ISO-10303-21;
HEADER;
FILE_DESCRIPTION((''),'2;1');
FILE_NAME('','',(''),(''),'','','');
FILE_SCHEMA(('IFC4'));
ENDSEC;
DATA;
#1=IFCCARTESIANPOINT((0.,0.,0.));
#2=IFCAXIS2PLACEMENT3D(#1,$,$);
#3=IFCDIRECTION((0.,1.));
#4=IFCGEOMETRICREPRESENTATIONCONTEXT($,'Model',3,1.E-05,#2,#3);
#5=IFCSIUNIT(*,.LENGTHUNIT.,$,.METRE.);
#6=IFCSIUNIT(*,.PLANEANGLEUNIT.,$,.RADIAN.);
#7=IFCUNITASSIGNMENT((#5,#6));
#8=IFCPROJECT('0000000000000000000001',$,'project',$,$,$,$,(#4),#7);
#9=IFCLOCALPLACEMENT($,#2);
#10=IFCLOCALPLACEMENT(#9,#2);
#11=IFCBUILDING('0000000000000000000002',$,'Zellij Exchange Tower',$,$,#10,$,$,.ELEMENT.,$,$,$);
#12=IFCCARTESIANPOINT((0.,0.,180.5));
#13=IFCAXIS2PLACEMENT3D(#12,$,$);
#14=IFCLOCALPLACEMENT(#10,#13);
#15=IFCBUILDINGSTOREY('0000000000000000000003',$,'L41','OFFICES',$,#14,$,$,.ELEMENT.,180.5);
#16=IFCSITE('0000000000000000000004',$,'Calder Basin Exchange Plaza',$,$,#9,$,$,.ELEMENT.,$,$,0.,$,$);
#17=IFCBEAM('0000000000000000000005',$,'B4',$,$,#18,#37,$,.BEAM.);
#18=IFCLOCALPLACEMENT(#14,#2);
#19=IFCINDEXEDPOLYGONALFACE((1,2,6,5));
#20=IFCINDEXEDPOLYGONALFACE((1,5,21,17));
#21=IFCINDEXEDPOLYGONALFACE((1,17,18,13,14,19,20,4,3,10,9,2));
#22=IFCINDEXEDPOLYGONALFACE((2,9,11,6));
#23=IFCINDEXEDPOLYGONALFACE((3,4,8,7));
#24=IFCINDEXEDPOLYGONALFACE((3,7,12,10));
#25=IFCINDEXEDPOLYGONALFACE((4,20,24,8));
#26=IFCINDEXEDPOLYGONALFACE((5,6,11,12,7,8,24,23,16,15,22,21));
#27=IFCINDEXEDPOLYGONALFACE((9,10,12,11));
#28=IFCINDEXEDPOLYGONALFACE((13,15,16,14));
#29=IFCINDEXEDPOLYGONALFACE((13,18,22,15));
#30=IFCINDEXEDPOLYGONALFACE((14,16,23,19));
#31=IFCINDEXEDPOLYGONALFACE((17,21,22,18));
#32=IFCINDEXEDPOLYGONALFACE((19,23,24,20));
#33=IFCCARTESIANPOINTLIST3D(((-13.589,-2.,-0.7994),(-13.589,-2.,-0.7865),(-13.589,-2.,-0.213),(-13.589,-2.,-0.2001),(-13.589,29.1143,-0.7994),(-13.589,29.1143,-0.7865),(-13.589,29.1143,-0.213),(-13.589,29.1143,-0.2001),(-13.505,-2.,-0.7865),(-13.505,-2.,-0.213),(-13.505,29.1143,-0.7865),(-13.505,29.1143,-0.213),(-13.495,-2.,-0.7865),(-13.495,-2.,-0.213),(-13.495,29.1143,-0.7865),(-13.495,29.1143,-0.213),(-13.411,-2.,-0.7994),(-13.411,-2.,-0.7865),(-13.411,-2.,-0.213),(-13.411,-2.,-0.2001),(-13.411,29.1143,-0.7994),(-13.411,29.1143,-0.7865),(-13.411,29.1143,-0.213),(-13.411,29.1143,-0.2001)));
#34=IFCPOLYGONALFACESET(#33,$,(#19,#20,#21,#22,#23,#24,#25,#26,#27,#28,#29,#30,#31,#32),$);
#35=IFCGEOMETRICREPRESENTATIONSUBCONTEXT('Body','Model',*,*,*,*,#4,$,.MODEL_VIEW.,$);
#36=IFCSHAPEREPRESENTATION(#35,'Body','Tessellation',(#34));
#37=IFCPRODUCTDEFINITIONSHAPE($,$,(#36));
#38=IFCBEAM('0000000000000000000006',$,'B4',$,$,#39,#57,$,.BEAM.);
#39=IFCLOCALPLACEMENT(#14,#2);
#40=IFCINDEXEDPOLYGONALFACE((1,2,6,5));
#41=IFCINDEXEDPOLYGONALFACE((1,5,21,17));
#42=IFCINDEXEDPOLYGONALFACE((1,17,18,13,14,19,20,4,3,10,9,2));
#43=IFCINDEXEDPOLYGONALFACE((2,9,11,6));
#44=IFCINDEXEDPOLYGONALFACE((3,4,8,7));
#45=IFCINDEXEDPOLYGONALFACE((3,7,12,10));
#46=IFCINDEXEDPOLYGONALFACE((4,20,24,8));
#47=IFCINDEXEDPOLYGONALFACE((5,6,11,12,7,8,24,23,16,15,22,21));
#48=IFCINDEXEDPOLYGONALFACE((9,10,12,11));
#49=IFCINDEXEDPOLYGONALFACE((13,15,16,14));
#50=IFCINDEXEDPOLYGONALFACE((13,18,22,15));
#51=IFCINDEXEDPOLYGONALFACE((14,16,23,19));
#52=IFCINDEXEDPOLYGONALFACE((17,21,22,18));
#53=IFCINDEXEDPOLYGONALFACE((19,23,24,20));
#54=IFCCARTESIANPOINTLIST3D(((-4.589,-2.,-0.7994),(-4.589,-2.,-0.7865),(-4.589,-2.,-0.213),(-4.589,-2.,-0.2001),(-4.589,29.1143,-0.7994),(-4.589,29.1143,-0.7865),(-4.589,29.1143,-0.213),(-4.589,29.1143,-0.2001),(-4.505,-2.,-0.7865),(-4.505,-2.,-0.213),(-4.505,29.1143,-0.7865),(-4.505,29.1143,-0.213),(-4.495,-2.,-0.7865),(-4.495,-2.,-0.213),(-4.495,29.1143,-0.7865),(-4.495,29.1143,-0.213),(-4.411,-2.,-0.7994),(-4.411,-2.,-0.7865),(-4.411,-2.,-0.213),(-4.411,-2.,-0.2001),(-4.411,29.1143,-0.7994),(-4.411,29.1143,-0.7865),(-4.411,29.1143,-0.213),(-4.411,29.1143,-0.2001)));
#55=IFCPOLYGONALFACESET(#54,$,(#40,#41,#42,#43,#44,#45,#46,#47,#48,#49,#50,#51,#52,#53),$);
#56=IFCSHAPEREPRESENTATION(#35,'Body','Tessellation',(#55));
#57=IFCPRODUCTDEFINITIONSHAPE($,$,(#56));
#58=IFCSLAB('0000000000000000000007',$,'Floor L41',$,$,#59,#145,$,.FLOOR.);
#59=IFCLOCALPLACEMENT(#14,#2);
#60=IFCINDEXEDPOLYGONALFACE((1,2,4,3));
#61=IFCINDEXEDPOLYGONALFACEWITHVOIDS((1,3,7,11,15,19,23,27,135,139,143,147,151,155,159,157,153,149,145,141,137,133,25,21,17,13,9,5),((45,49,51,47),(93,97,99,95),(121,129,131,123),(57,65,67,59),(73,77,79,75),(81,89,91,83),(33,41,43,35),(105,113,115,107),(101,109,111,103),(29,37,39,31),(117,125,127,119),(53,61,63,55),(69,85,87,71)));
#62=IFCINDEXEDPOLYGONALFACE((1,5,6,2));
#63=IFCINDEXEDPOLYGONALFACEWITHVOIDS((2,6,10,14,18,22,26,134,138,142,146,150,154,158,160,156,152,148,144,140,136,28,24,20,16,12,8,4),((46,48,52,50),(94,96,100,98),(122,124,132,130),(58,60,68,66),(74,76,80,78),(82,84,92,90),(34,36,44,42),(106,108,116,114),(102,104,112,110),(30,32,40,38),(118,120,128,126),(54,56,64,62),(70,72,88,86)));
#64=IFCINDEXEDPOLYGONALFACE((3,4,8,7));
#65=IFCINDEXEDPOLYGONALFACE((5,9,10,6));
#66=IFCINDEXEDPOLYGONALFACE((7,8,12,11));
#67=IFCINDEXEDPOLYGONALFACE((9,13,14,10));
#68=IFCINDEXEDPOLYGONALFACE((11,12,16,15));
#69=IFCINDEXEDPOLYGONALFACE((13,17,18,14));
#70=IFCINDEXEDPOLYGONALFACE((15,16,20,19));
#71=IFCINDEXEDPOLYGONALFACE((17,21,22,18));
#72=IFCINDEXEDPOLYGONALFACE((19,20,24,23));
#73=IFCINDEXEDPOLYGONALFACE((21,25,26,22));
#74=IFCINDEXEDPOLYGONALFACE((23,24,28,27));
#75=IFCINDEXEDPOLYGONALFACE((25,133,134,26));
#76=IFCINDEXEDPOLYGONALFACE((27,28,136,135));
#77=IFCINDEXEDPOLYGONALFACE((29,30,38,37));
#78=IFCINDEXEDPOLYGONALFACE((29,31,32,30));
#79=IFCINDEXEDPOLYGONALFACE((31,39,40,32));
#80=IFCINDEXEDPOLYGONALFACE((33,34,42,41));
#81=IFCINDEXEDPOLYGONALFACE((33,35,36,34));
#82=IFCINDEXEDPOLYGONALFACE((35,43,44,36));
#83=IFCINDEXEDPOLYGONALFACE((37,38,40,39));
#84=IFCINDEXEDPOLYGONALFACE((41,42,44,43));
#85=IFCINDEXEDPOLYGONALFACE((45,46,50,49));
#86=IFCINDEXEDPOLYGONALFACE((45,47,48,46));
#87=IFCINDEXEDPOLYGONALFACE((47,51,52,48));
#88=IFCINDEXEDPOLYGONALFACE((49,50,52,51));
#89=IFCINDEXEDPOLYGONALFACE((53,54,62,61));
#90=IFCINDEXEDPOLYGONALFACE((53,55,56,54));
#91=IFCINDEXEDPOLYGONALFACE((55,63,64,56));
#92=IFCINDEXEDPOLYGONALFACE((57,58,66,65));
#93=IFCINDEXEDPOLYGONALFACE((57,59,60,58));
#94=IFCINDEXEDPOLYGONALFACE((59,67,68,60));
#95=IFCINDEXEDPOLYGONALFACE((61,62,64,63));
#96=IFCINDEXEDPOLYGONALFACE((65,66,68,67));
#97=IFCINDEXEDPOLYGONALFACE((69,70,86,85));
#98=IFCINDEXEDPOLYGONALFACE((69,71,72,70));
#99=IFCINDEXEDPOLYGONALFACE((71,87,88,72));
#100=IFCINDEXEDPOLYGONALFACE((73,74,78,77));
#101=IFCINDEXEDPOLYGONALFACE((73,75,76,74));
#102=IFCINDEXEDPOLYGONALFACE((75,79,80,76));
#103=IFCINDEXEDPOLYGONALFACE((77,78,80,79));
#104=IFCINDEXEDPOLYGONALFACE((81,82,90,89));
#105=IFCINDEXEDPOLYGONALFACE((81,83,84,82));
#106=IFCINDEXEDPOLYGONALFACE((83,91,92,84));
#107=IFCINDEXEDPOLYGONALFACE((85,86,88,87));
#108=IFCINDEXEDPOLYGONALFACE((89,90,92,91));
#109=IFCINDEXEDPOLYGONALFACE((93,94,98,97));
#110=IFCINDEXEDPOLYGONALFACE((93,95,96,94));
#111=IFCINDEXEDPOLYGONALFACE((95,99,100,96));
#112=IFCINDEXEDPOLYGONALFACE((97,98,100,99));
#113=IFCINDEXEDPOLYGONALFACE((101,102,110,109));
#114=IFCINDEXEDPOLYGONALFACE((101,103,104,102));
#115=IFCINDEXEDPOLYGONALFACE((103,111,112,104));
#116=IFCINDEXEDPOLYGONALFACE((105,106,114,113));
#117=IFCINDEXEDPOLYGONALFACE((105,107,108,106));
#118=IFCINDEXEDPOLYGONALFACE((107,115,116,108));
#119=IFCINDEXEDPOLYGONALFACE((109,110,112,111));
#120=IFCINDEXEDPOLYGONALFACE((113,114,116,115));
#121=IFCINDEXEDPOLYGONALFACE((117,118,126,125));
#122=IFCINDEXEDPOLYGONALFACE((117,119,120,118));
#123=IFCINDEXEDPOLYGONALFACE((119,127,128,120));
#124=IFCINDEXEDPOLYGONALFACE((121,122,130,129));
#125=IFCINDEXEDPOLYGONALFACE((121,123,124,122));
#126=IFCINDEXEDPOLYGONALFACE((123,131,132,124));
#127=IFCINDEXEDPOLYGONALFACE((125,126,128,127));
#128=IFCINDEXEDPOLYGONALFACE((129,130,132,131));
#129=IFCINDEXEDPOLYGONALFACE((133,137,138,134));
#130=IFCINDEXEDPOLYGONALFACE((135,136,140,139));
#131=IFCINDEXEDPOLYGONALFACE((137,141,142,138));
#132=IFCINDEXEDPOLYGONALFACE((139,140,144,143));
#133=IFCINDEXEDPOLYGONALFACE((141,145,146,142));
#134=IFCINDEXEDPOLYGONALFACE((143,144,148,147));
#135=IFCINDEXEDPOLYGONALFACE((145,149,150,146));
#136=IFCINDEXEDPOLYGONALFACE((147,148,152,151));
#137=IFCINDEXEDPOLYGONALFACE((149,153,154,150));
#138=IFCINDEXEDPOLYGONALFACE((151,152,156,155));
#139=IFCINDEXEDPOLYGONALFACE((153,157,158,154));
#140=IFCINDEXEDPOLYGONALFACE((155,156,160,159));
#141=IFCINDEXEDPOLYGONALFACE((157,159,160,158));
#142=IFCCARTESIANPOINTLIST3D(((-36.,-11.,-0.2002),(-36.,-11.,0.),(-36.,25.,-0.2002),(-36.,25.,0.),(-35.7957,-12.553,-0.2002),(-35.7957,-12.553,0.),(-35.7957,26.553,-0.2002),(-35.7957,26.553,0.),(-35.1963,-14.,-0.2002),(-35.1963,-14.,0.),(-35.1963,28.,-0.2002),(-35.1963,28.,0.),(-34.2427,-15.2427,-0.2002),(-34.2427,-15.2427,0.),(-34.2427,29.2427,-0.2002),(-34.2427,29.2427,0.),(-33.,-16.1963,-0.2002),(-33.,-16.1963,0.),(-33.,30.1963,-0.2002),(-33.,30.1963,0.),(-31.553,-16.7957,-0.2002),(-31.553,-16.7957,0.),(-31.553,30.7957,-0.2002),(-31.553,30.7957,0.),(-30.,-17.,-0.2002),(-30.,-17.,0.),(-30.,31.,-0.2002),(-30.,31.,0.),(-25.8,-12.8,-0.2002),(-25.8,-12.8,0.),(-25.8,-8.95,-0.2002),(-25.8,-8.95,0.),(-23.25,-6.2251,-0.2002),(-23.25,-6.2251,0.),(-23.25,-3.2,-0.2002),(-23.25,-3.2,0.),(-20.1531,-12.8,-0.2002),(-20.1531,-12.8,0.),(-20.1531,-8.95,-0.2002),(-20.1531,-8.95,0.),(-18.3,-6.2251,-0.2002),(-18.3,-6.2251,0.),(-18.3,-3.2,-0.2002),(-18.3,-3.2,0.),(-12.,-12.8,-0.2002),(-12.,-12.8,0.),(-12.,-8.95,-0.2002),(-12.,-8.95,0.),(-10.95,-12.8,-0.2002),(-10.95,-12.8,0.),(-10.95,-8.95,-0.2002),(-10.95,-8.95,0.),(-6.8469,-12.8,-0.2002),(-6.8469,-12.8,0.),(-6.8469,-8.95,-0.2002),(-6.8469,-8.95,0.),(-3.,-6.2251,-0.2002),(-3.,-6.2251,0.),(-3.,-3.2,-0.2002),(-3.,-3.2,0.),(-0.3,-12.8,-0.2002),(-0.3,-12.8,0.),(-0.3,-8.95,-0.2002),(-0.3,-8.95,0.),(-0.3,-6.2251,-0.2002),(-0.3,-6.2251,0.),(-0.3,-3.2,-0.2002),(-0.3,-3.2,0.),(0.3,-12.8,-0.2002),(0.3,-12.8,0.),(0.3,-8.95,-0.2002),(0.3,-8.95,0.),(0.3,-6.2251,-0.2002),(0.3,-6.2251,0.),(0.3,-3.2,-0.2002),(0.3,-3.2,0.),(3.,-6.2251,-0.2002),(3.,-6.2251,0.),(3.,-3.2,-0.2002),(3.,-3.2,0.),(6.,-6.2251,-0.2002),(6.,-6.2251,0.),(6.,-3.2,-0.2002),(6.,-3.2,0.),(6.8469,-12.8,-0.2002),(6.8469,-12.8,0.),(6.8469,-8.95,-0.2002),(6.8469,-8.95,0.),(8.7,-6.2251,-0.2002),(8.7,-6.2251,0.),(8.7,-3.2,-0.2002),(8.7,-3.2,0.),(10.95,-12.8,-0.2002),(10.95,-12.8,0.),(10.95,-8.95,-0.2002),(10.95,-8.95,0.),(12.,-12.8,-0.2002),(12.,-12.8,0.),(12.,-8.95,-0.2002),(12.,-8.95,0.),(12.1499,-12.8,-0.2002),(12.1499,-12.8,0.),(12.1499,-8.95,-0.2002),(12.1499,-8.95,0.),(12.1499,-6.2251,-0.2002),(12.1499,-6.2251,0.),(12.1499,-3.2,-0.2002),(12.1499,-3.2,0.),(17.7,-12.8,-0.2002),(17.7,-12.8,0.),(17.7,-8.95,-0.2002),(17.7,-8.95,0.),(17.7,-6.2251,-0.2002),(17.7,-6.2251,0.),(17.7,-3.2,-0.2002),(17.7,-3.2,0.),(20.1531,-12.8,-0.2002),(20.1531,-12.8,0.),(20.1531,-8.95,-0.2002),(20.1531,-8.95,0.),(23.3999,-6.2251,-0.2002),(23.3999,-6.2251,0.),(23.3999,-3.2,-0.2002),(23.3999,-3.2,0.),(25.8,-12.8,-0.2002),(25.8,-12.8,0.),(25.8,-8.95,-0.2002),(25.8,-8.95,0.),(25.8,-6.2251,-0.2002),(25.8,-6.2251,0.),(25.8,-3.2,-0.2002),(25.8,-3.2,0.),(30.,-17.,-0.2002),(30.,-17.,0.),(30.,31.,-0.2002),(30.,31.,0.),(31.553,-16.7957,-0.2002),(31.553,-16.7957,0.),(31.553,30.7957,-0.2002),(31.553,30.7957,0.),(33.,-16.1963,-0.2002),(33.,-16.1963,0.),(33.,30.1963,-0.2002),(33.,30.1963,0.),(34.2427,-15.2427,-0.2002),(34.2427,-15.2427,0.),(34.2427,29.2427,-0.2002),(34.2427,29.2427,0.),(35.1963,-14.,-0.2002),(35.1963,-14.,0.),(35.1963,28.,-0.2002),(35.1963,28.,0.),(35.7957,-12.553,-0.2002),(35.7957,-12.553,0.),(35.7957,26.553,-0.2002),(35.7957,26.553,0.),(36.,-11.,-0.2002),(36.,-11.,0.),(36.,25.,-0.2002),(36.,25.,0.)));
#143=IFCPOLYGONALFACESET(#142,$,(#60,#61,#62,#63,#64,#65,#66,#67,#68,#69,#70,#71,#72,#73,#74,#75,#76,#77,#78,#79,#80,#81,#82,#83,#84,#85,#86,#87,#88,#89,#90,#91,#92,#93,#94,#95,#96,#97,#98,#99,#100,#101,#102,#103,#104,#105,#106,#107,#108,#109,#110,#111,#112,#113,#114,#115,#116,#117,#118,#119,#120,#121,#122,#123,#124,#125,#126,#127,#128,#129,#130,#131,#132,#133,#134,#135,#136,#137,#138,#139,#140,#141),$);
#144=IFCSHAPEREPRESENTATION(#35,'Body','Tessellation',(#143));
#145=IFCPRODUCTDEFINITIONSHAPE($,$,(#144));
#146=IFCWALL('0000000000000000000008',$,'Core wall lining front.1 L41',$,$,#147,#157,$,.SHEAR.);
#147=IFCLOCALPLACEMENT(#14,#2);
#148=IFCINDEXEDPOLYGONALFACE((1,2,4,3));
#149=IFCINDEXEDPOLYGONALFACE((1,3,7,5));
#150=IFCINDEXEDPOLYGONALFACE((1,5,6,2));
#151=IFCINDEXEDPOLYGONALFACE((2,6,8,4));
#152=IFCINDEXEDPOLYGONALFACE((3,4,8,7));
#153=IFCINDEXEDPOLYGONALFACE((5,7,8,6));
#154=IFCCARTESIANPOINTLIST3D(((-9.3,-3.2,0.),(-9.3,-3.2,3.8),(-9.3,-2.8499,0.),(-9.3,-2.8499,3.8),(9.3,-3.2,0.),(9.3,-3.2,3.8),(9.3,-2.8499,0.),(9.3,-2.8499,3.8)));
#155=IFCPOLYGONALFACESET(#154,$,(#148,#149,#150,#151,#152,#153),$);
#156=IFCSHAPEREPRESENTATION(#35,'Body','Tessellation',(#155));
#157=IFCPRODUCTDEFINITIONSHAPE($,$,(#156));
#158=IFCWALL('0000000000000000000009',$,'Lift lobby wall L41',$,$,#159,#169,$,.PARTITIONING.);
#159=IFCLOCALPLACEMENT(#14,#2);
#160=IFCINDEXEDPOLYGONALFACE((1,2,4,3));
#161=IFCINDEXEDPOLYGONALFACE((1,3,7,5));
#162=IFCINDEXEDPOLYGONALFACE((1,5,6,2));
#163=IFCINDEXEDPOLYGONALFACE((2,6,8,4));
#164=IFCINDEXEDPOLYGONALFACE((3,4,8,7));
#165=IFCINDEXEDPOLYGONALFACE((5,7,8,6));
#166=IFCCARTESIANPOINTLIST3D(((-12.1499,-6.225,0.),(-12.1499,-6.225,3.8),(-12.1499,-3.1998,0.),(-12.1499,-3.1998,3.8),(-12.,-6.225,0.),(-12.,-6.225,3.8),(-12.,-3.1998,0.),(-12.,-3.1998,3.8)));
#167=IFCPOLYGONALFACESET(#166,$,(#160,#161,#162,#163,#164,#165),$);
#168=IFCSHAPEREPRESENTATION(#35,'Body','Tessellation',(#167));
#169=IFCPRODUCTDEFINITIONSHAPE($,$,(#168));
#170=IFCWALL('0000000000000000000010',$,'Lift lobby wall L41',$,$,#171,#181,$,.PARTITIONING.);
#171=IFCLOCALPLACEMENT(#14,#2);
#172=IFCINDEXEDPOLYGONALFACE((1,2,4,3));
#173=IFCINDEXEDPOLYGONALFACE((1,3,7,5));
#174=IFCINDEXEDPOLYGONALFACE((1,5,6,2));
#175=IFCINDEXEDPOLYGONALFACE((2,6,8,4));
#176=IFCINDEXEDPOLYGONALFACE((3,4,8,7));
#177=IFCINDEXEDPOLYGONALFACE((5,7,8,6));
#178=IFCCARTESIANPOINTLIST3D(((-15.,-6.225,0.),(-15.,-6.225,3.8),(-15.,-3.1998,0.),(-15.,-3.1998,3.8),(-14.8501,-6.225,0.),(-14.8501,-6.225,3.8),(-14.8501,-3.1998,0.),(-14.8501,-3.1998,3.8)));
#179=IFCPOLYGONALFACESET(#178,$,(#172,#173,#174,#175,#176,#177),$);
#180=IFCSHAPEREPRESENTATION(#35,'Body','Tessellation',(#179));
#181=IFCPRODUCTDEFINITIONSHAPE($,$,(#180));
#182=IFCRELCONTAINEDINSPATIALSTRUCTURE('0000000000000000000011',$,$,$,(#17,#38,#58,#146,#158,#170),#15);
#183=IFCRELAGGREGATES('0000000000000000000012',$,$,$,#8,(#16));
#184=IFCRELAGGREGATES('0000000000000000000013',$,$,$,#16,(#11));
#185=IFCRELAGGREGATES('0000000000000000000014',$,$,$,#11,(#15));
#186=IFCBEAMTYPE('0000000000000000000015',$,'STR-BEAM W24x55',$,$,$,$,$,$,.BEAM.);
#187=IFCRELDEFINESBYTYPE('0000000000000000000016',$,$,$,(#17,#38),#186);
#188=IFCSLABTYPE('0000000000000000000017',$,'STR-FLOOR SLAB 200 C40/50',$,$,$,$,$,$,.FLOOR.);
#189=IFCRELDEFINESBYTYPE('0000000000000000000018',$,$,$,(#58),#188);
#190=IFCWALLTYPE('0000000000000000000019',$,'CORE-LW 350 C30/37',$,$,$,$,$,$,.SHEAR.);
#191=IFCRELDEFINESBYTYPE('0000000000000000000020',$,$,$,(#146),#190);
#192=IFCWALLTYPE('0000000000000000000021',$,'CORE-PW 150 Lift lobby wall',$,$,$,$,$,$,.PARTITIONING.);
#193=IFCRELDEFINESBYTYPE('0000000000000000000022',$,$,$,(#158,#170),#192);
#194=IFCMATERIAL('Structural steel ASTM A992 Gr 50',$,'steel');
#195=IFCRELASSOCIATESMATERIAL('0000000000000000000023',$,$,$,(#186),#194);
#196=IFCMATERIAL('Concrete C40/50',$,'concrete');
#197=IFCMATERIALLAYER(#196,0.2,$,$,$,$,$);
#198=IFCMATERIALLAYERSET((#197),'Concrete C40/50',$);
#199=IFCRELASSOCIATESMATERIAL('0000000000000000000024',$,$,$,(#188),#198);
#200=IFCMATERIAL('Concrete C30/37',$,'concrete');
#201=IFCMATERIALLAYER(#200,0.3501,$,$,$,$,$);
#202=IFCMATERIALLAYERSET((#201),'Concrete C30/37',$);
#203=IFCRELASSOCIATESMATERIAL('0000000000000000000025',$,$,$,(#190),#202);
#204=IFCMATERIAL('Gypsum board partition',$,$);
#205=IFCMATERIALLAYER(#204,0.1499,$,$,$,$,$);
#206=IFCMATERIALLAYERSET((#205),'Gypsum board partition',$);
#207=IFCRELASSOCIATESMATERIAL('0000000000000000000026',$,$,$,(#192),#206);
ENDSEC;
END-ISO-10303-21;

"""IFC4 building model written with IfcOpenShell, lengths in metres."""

from ifc_helpers import new_model, si_unit, direction, frame, frame_2d, origin, origin_2d, place, context, subcontext, project, spatial, polyline, rectangle, i_section, outline, extrude, material, layer, layer_set, material_profile, profile_set, type_object, element, save


model = new_model("IFC4")

# Units and contexts
model_context = context("Model", 3, precision=1e-05, world=origin(), true_north=direction((0.0, 1.0)))
body_context = subcontext(model_context, "Body", "Model", "MODEL_VIEW")
ifc_project = project(units=[si_unit("LENGTHUNIT", "METRE"), si_unit("PLANEANGLEUNIT", "RADIAN")], contexts=[model_context])

# Site, building, storey
site_placement = place(None, origin())
site = spatial("IfcSite", under=ifc_project, at=site_placement, Name="Calder Basin Exchange Plaza", CompositionType="ELEMENT", RefElevation=0.0)
building_placement = place(site_placement, origin())
building = spatial("IfcBuilding", under=site, at=building_placement, Name="Zellij Exchange Tower", CompositionType="ELEMENT")
storey_placement = place(building_placement, frame((0.0, 0.0, 180.5)))
storey = spatial("IfcBuildingStorey", under=building, at=storey_placement, Name="L41", Description="OFFICES", CompositionType="ELEMENT", Elevation=180.5)

# Beams
ifc_material_1 = material(Name="Structural steel ASTM A992 Gr 50", Category="steel")
ifc_material_profile = material_profile(ifc_material_1, i_section(OverallWidth=0.178, OverallDepth=0.5994, WebThickness=0.01, FlangeThickness=0.0129, at=origin_2d()), Name="W24x55")
ifc_profile_set = profile_set([ifc_material_profile], Name="Structural steel ASTM A992 Gr 50")
beam_type = type_object("IfcBeamType", Name="STR-BEAM W24x55", PredefinedType="BEAM", material=ifc_profile_set)
for number, where, z_axis, x_axis, name in (
    (1, (-13.5, -2.0, -0.4998), (0.0, 1.0, 0.0), (-1.0, 0.0, 0.0), "B4"),
    (2, (-4.5, -2.0, -0.4998), (0.0, 1.0, 0.0), (-1.0, 0.0, 0.0), "B4"),
):
    element("IfcBeam", number, at=place(storey_placement, frame(where, z_axis=z_axis, x_axis=x_axis)), inside=storey, type_object=beam_type, Name=name, PredefinedType="BEAM", context=body_context, shape_type="SweptSolid", body=[
        extrude(i_section(OverallWidth=0.178, OverallDepth=0.5994, WebThickness=0.01, FlangeThickness=0.0129, at=origin_2d()), origin(), (0.0, 0.0, 1.0), 31.1143),
    ])

# Slab
ifc_material_2 = material(Name="Concrete C40/50", Category="concrete")
ifc_layer_1 = layer(ifc_material_2, 0.2)
ifc_layer_set_1 = layer_set([ifc_layer_1], Name="Concrete C40/50")
slab_type = type_object("IfcSlabType", Name="STR-FLOOR SLAB 200 C40/50", PredefinedType="FLOOR", material=ifc_layer_set_1)
slab_placement = place(storey_placement, frame((0.0, 0.0, -0.2002)))
element("IfcSlab", 3, at=slab_placement, inside=storey, type_object=slab_type, Name="Floor L41", PredefinedType="FLOOR", context=body_context, shape_type="SweptSolid", body=[
    extrude(outline(polyline([(-30.0, -17.0), (-31.553, -16.7957), (-33.0, -16.1963), (-34.2427, -15.2427), (-35.1963, -14.0), (-35.7957, -12.553), (-36.0, -11.0), (-36.0, 25.0), (-35.7957, 26.553), (-35.1963, 28.0), (-34.2427, 29.2427), (-33.0, 30.1963), (-31.553, 30.7957), (-30.0, 31.0), (30.0, 31.0), (31.553, 30.7957), (33.0, 30.1963), (34.2427, 29.2427), (35.1963, 28.0), (35.7957, 26.553), (36.0, 25.0), (36.0, -11.0), (35.7957, -12.553), (35.1963, -14.0), (34.2427, -15.2427), (33.0, -16.1963), (31.553, -16.7957), (30.0, -17.0), (-30.0, -17.0)]), holes=[polyline([(-25.8, -8.95), (-25.8, -12.8), (-20.1531, -12.8), (-20.1531, -8.95), (-25.8, -8.95)]), polyline([(-10.95, -8.95), (-12.0, -8.95), (-12.0, -12.8), (-10.95, -12.8), (-10.95, -8.95)]), polyline([(-0.3, -8.95), (-6.8469, -8.95), (-6.8469, -12.8), (-0.3, -12.8), (-0.3, -8.95)]), polyline([(0.3, -8.95), (0.3, -12.8), (6.8469, -12.8), (6.8469, -8.95), (0.3, -8.95)]), polyline([(-18.3, -3.2), (-23.25, -3.2), (-23.25, -6.2251), (-18.3, -6.2251), (-18.3, -3.2)]), polyline([(-0.3, -3.2), (-3.0, -3.2), (-3.0, -6.2251), (-0.3, -6.2251), (-0.3, -3.2)]), polyline([(0.3, -3.2), (0.3, -6.2251), (3.0, -6.2251), (3.0, -3.2), (0.3, -3.2)]), polyline([(12.0, -8.95), (10.95, -8.95), (10.95, -12.8), (12.0, -12.8), (12.0, -8.95)]), polyline([(17.7, -8.95), (12.1499, -8.95), (12.1499, -12.8), (17.7, -12.8), (17.7, -8.95)]), polyline([(25.8, -8.95), (20.1531, -8.95), (20.1531, -12.8), (25.8, -12.8), (25.8, -8.95)]), polyline([(8.7, -3.2), (6.0, -3.2), (6.0, -6.2251), (8.7, -6.2251), (8.7, -3.2)]), polyline([(17.7, -3.2), (12.1499, -3.2), (12.1499, -6.2251), (17.7, -6.2251), (17.7, -3.2)]), polyline([(25.8, -3.2), (23.3999, -3.2), (23.3999, -6.2251), (25.8, -6.2251), (25.8, -3.2)])]), origin(), (0.0, 0.0, 1.0), 0.2002),
])

# Walls
ifc_material_3 = material(Name="Concrete C30/37", Category="concrete")
ifc_layer_2 = layer(ifc_material_3, 0.3501)
ifc_layer_set_2 = layer_set([ifc_layer_2], Name="Concrete C30/37")
wall_type_1 = type_object("IfcWallType", Name="CORE-LW 350 C30/37", PredefinedType="SHEAR", material=ifc_layer_set_2)
wall_1_placement = place(storey_placement, frame((-9.3, -3.0249, 0.0), z_axis=(0.0, 0.0, 1.0), x_axis=(1.0, 0.0, 0.0)))
element("IfcWall", 4, at=wall_1_placement, inside=storey, type_object=wall_type_1, Name="Core wall lining front.1 L41", PredefinedType="SHEAR", context=body_context, shape_type="SweptSolid", body=[
    extrude(rectangle(XDim=18.6001, YDim=0.3501, at=frame_2d((9.3, 0.0))), origin(), (0.0, 0.0, 1.0), 3.8),
])
ifc_material_4 = material(Name="Gypsum board partition")
ifc_layer_3 = layer(ifc_material_4, 0.1499)
ifc_layer_set_3 = layer_set([ifc_layer_3], Name="Gypsum board partition")
wall_type_2 = type_object("IfcWallType", Name="CORE-PW 150 Lift lobby wall", PredefinedType="PARTITIONING", material=ifc_layer_set_3)
for number, where, z_axis, x_axis, name in (
    (5, (-12.075, -6.2251, 0.0), (0.0, 0.0, 1.0), (0.0, 1.0, 0.0), "Lift lobby wall L41"),
    (6, (-14.925, -6.2251, 0.0), (0.0, 0.0, 1.0), (0.0, 1.0, 0.0), "Lift lobby wall L41"),
):
    element("IfcWall", number, at=place(storey_placement, frame(where, z_axis=z_axis, x_axis=x_axis)), inside=storey, type_object=wall_type_2, Name=name, PredefinedType="PARTITIONING", context=body_context, shape_type="SweptSolid", body=[
        extrude(rectangle(XDim=3.0251, YDim=0.1499, at=frame_2d((1.5127, 0.0))), origin(), (0.0, 0.0, 1.0), 3.8),
    ])

save(model, "model.ifc")
